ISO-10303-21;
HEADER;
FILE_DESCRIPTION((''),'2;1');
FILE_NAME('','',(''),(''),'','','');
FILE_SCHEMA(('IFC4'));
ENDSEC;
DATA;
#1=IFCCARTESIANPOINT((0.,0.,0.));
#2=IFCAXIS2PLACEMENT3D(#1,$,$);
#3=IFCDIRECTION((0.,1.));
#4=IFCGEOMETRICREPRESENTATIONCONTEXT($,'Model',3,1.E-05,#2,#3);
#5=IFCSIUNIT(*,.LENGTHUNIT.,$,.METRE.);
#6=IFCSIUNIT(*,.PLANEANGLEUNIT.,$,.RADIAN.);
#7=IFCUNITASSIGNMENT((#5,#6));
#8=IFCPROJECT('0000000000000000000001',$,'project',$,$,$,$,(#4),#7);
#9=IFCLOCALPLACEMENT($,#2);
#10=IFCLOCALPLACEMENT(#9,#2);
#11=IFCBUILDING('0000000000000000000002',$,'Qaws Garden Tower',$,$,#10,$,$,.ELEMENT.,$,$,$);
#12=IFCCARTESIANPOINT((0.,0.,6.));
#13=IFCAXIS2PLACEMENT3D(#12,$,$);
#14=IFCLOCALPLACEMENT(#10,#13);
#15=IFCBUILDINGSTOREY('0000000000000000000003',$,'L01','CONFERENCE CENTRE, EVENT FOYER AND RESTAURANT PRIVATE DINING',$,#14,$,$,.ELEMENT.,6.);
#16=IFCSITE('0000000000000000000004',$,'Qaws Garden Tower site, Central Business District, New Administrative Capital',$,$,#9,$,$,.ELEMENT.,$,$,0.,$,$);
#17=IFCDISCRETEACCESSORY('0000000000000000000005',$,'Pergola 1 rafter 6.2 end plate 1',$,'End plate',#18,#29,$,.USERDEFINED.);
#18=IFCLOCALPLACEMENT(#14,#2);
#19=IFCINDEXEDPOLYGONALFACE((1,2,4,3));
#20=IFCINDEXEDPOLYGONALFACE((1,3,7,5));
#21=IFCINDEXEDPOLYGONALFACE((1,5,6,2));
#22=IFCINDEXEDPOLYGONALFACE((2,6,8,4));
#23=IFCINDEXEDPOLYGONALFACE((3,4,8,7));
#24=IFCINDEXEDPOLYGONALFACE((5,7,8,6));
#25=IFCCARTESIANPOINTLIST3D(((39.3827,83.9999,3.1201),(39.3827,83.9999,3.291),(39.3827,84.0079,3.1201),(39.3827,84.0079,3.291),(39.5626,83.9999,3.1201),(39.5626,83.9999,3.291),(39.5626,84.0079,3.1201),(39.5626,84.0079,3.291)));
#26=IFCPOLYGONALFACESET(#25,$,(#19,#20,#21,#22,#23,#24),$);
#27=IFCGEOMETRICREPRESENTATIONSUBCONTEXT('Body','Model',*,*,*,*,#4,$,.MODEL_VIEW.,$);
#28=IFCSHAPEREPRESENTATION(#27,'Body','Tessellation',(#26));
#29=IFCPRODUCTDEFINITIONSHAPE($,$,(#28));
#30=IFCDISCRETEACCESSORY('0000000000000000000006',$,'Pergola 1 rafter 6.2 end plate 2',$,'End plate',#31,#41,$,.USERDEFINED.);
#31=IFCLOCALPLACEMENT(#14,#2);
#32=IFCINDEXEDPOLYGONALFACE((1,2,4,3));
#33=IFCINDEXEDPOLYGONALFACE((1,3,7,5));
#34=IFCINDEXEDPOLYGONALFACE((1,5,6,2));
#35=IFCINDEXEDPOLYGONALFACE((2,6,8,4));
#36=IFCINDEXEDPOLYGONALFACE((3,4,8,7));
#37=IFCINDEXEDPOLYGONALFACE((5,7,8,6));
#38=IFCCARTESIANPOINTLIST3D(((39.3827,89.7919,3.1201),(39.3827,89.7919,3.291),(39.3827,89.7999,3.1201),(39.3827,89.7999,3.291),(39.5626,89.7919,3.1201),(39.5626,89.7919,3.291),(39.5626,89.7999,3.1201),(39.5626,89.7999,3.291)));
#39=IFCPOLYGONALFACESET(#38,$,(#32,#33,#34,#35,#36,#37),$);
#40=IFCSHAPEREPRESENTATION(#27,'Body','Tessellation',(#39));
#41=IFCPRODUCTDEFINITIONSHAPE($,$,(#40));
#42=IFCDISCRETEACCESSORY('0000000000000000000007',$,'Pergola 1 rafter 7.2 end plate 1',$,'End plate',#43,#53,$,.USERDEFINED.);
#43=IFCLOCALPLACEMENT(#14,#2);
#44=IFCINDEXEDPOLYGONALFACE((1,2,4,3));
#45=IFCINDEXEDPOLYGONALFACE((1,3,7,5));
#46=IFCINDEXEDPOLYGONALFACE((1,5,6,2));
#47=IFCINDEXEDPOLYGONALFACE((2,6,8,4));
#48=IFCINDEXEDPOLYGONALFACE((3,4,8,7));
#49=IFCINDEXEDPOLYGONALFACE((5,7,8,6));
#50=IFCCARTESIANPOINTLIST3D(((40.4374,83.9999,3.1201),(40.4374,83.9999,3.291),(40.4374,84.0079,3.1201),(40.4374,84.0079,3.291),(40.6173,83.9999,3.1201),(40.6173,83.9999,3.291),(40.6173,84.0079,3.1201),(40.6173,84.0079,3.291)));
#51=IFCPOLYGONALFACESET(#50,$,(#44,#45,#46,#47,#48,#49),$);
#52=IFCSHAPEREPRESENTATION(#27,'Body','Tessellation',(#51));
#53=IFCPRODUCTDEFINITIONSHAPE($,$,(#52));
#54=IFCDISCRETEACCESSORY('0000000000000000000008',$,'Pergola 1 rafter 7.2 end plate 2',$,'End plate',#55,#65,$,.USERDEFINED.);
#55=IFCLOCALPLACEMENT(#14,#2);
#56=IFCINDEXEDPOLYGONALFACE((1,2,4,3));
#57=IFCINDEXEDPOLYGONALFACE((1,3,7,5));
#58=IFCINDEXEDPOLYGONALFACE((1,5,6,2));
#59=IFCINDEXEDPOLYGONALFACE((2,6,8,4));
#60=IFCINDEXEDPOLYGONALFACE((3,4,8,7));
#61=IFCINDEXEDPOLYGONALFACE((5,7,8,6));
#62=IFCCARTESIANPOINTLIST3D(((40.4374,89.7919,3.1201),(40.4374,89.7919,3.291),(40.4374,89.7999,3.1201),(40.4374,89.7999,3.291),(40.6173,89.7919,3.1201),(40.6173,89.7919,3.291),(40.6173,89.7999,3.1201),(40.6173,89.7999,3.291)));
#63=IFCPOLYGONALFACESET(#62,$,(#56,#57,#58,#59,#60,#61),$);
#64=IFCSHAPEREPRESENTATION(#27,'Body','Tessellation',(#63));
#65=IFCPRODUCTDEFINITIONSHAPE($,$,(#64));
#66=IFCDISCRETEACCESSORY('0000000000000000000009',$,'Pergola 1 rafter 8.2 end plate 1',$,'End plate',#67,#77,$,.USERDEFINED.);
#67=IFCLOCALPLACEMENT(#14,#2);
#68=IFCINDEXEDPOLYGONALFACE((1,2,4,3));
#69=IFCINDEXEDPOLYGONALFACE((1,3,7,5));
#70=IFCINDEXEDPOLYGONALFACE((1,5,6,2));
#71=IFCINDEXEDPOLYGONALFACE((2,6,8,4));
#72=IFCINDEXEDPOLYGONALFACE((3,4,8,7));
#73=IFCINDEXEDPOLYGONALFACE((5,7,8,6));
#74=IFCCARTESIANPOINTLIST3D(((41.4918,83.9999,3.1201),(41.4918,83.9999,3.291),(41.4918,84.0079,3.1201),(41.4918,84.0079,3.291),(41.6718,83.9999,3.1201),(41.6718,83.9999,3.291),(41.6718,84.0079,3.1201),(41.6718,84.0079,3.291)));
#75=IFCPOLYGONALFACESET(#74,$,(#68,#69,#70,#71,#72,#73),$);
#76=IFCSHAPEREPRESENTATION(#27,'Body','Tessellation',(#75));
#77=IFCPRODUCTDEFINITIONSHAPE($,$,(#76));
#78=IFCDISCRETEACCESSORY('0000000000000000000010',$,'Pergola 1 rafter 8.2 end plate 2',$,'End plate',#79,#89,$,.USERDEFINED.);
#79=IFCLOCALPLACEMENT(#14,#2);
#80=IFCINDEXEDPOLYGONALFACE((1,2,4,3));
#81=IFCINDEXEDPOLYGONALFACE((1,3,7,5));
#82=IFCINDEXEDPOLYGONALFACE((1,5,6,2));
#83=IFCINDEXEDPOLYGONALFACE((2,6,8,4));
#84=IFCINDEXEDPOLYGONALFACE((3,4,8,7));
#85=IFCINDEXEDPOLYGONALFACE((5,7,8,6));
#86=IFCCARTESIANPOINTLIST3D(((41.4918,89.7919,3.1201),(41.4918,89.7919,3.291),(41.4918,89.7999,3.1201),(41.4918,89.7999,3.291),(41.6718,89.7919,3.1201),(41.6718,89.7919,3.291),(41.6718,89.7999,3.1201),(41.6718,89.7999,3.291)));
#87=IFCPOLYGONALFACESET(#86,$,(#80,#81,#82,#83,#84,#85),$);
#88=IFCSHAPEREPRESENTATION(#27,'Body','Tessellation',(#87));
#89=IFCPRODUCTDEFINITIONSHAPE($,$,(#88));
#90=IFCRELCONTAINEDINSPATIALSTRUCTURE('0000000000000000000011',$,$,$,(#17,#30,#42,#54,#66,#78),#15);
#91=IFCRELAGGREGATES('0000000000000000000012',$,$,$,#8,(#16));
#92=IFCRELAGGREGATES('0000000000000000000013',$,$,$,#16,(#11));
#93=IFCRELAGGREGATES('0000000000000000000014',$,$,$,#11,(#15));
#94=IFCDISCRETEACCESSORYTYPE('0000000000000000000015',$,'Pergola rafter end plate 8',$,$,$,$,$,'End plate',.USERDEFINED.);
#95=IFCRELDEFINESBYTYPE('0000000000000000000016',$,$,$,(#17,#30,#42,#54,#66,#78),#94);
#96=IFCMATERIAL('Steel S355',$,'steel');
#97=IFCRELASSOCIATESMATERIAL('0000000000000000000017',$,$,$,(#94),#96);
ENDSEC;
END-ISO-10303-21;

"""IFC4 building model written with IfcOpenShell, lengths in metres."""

from ifc_helpers import new_model, si_unit, direction, frame, origin, origin_2d, place, context, subcontext, project, spatial, rectangle, extrude, material, type_object, element, save


model = new_model("IFC4")

# Units and contexts
model_context = context("Model", 3, precision=1e-05, world=origin(), true_north=direction((0.0, 1.0)))
body_context = subcontext(model_context, "Body", "Model", "MODEL_VIEW")
ifc_project = project(units=[si_unit("LENGTHUNIT", "METRE"), si_unit("PLANEANGLEUNIT", "RADIAN")], contexts=[model_context])

# Site, building, storey
site_placement = place(None, origin())
site = spatial("IfcSite", under=ifc_project, at=site_placement, Name="Qaws Garden Tower site, Central Business District, New Administrative Capital", CompositionType="ELEMENT", RefElevation=0.0)
building_placement = place(site_placement, origin())
building = spatial("IfcBuilding", under=site, at=building_placement, Name="Qaws Garden Tower", CompositionType="ELEMENT")
storey_placement = place(building_placement, frame((0.0, 0.0, 6.0)))
storey = spatial("IfcBuildingStorey", under=building, at=storey_placement, Name="L01", Description="CONFERENCE CENTRE, EVENT FOYER AND RESTAURANT PRIVATE DINING", CompositionType="ELEMENT", Elevation=6.0)

# Discrete accessories
ifc_material_1 = material(Name="Steel S355", Category="steel")
discrete_accessory_type = type_object("IfcDiscreteAccessoryType", Name="Pergola rafter end plate 8", ElementType="End plate", PredefinedType="USERDEFINED", material=ifc_material_1)
for number, where, z_axis, x_axis, name in (
    (1, (39.4727, 84.0039, 3.1201), (0.0, 0.0, 1.0), (1.0, 0.0, 0.0), "Pergola 1 rafter 6.2 end plate 1"),
    (2, (39.4727, 89.7959, 3.1201), (0.0, 0.0, 1.0), (1.0, 0.0, 0.0), "Pergola 1 rafter 6.2 end plate 2"),
    (3, (40.5273, 84.0039, 3.1201), (0.0, 0.0, 1.0), (1.0, 0.0, 0.0), "Pergola 1 rafter 7.2 end plate 1"),
    (4, (40.5273, 89.7959, 3.1201), (0.0, 0.0, 1.0), (1.0, 0.0, 0.0), "Pergola 1 rafter 7.2 end plate 2"),
    (5, (41.5818, 84.0039, 3.1201), (0.0, 0.0, 1.0), (1.0, 0.0, 0.0), "Pergola 1 rafter 8.2 end plate 1"),
    (6, (41.5818, 89.7959, 3.1201), (0.0, 0.0, 1.0), (1.0, 0.0, 0.0), "Pergola 1 rafter 8.2 end plate 2"),
):
    element("IfcDiscreteAccessory", number, at=place(storey_placement, frame(where, z_axis=z_axis, x_axis=x_axis)), inside=storey, type_object=discrete_accessory_type, Name=name, ObjectType="End plate", PredefinedType="USERDEFINED", context=body_context, shape_type="SweptSolid", body=[
        extrude(rectangle(XDim=0.1799, YDim=0.0081, at=origin_2d()), origin(), (0.0, 0.0, 1.0), 0.1709),
    ])

save(model, "model.ifc")
